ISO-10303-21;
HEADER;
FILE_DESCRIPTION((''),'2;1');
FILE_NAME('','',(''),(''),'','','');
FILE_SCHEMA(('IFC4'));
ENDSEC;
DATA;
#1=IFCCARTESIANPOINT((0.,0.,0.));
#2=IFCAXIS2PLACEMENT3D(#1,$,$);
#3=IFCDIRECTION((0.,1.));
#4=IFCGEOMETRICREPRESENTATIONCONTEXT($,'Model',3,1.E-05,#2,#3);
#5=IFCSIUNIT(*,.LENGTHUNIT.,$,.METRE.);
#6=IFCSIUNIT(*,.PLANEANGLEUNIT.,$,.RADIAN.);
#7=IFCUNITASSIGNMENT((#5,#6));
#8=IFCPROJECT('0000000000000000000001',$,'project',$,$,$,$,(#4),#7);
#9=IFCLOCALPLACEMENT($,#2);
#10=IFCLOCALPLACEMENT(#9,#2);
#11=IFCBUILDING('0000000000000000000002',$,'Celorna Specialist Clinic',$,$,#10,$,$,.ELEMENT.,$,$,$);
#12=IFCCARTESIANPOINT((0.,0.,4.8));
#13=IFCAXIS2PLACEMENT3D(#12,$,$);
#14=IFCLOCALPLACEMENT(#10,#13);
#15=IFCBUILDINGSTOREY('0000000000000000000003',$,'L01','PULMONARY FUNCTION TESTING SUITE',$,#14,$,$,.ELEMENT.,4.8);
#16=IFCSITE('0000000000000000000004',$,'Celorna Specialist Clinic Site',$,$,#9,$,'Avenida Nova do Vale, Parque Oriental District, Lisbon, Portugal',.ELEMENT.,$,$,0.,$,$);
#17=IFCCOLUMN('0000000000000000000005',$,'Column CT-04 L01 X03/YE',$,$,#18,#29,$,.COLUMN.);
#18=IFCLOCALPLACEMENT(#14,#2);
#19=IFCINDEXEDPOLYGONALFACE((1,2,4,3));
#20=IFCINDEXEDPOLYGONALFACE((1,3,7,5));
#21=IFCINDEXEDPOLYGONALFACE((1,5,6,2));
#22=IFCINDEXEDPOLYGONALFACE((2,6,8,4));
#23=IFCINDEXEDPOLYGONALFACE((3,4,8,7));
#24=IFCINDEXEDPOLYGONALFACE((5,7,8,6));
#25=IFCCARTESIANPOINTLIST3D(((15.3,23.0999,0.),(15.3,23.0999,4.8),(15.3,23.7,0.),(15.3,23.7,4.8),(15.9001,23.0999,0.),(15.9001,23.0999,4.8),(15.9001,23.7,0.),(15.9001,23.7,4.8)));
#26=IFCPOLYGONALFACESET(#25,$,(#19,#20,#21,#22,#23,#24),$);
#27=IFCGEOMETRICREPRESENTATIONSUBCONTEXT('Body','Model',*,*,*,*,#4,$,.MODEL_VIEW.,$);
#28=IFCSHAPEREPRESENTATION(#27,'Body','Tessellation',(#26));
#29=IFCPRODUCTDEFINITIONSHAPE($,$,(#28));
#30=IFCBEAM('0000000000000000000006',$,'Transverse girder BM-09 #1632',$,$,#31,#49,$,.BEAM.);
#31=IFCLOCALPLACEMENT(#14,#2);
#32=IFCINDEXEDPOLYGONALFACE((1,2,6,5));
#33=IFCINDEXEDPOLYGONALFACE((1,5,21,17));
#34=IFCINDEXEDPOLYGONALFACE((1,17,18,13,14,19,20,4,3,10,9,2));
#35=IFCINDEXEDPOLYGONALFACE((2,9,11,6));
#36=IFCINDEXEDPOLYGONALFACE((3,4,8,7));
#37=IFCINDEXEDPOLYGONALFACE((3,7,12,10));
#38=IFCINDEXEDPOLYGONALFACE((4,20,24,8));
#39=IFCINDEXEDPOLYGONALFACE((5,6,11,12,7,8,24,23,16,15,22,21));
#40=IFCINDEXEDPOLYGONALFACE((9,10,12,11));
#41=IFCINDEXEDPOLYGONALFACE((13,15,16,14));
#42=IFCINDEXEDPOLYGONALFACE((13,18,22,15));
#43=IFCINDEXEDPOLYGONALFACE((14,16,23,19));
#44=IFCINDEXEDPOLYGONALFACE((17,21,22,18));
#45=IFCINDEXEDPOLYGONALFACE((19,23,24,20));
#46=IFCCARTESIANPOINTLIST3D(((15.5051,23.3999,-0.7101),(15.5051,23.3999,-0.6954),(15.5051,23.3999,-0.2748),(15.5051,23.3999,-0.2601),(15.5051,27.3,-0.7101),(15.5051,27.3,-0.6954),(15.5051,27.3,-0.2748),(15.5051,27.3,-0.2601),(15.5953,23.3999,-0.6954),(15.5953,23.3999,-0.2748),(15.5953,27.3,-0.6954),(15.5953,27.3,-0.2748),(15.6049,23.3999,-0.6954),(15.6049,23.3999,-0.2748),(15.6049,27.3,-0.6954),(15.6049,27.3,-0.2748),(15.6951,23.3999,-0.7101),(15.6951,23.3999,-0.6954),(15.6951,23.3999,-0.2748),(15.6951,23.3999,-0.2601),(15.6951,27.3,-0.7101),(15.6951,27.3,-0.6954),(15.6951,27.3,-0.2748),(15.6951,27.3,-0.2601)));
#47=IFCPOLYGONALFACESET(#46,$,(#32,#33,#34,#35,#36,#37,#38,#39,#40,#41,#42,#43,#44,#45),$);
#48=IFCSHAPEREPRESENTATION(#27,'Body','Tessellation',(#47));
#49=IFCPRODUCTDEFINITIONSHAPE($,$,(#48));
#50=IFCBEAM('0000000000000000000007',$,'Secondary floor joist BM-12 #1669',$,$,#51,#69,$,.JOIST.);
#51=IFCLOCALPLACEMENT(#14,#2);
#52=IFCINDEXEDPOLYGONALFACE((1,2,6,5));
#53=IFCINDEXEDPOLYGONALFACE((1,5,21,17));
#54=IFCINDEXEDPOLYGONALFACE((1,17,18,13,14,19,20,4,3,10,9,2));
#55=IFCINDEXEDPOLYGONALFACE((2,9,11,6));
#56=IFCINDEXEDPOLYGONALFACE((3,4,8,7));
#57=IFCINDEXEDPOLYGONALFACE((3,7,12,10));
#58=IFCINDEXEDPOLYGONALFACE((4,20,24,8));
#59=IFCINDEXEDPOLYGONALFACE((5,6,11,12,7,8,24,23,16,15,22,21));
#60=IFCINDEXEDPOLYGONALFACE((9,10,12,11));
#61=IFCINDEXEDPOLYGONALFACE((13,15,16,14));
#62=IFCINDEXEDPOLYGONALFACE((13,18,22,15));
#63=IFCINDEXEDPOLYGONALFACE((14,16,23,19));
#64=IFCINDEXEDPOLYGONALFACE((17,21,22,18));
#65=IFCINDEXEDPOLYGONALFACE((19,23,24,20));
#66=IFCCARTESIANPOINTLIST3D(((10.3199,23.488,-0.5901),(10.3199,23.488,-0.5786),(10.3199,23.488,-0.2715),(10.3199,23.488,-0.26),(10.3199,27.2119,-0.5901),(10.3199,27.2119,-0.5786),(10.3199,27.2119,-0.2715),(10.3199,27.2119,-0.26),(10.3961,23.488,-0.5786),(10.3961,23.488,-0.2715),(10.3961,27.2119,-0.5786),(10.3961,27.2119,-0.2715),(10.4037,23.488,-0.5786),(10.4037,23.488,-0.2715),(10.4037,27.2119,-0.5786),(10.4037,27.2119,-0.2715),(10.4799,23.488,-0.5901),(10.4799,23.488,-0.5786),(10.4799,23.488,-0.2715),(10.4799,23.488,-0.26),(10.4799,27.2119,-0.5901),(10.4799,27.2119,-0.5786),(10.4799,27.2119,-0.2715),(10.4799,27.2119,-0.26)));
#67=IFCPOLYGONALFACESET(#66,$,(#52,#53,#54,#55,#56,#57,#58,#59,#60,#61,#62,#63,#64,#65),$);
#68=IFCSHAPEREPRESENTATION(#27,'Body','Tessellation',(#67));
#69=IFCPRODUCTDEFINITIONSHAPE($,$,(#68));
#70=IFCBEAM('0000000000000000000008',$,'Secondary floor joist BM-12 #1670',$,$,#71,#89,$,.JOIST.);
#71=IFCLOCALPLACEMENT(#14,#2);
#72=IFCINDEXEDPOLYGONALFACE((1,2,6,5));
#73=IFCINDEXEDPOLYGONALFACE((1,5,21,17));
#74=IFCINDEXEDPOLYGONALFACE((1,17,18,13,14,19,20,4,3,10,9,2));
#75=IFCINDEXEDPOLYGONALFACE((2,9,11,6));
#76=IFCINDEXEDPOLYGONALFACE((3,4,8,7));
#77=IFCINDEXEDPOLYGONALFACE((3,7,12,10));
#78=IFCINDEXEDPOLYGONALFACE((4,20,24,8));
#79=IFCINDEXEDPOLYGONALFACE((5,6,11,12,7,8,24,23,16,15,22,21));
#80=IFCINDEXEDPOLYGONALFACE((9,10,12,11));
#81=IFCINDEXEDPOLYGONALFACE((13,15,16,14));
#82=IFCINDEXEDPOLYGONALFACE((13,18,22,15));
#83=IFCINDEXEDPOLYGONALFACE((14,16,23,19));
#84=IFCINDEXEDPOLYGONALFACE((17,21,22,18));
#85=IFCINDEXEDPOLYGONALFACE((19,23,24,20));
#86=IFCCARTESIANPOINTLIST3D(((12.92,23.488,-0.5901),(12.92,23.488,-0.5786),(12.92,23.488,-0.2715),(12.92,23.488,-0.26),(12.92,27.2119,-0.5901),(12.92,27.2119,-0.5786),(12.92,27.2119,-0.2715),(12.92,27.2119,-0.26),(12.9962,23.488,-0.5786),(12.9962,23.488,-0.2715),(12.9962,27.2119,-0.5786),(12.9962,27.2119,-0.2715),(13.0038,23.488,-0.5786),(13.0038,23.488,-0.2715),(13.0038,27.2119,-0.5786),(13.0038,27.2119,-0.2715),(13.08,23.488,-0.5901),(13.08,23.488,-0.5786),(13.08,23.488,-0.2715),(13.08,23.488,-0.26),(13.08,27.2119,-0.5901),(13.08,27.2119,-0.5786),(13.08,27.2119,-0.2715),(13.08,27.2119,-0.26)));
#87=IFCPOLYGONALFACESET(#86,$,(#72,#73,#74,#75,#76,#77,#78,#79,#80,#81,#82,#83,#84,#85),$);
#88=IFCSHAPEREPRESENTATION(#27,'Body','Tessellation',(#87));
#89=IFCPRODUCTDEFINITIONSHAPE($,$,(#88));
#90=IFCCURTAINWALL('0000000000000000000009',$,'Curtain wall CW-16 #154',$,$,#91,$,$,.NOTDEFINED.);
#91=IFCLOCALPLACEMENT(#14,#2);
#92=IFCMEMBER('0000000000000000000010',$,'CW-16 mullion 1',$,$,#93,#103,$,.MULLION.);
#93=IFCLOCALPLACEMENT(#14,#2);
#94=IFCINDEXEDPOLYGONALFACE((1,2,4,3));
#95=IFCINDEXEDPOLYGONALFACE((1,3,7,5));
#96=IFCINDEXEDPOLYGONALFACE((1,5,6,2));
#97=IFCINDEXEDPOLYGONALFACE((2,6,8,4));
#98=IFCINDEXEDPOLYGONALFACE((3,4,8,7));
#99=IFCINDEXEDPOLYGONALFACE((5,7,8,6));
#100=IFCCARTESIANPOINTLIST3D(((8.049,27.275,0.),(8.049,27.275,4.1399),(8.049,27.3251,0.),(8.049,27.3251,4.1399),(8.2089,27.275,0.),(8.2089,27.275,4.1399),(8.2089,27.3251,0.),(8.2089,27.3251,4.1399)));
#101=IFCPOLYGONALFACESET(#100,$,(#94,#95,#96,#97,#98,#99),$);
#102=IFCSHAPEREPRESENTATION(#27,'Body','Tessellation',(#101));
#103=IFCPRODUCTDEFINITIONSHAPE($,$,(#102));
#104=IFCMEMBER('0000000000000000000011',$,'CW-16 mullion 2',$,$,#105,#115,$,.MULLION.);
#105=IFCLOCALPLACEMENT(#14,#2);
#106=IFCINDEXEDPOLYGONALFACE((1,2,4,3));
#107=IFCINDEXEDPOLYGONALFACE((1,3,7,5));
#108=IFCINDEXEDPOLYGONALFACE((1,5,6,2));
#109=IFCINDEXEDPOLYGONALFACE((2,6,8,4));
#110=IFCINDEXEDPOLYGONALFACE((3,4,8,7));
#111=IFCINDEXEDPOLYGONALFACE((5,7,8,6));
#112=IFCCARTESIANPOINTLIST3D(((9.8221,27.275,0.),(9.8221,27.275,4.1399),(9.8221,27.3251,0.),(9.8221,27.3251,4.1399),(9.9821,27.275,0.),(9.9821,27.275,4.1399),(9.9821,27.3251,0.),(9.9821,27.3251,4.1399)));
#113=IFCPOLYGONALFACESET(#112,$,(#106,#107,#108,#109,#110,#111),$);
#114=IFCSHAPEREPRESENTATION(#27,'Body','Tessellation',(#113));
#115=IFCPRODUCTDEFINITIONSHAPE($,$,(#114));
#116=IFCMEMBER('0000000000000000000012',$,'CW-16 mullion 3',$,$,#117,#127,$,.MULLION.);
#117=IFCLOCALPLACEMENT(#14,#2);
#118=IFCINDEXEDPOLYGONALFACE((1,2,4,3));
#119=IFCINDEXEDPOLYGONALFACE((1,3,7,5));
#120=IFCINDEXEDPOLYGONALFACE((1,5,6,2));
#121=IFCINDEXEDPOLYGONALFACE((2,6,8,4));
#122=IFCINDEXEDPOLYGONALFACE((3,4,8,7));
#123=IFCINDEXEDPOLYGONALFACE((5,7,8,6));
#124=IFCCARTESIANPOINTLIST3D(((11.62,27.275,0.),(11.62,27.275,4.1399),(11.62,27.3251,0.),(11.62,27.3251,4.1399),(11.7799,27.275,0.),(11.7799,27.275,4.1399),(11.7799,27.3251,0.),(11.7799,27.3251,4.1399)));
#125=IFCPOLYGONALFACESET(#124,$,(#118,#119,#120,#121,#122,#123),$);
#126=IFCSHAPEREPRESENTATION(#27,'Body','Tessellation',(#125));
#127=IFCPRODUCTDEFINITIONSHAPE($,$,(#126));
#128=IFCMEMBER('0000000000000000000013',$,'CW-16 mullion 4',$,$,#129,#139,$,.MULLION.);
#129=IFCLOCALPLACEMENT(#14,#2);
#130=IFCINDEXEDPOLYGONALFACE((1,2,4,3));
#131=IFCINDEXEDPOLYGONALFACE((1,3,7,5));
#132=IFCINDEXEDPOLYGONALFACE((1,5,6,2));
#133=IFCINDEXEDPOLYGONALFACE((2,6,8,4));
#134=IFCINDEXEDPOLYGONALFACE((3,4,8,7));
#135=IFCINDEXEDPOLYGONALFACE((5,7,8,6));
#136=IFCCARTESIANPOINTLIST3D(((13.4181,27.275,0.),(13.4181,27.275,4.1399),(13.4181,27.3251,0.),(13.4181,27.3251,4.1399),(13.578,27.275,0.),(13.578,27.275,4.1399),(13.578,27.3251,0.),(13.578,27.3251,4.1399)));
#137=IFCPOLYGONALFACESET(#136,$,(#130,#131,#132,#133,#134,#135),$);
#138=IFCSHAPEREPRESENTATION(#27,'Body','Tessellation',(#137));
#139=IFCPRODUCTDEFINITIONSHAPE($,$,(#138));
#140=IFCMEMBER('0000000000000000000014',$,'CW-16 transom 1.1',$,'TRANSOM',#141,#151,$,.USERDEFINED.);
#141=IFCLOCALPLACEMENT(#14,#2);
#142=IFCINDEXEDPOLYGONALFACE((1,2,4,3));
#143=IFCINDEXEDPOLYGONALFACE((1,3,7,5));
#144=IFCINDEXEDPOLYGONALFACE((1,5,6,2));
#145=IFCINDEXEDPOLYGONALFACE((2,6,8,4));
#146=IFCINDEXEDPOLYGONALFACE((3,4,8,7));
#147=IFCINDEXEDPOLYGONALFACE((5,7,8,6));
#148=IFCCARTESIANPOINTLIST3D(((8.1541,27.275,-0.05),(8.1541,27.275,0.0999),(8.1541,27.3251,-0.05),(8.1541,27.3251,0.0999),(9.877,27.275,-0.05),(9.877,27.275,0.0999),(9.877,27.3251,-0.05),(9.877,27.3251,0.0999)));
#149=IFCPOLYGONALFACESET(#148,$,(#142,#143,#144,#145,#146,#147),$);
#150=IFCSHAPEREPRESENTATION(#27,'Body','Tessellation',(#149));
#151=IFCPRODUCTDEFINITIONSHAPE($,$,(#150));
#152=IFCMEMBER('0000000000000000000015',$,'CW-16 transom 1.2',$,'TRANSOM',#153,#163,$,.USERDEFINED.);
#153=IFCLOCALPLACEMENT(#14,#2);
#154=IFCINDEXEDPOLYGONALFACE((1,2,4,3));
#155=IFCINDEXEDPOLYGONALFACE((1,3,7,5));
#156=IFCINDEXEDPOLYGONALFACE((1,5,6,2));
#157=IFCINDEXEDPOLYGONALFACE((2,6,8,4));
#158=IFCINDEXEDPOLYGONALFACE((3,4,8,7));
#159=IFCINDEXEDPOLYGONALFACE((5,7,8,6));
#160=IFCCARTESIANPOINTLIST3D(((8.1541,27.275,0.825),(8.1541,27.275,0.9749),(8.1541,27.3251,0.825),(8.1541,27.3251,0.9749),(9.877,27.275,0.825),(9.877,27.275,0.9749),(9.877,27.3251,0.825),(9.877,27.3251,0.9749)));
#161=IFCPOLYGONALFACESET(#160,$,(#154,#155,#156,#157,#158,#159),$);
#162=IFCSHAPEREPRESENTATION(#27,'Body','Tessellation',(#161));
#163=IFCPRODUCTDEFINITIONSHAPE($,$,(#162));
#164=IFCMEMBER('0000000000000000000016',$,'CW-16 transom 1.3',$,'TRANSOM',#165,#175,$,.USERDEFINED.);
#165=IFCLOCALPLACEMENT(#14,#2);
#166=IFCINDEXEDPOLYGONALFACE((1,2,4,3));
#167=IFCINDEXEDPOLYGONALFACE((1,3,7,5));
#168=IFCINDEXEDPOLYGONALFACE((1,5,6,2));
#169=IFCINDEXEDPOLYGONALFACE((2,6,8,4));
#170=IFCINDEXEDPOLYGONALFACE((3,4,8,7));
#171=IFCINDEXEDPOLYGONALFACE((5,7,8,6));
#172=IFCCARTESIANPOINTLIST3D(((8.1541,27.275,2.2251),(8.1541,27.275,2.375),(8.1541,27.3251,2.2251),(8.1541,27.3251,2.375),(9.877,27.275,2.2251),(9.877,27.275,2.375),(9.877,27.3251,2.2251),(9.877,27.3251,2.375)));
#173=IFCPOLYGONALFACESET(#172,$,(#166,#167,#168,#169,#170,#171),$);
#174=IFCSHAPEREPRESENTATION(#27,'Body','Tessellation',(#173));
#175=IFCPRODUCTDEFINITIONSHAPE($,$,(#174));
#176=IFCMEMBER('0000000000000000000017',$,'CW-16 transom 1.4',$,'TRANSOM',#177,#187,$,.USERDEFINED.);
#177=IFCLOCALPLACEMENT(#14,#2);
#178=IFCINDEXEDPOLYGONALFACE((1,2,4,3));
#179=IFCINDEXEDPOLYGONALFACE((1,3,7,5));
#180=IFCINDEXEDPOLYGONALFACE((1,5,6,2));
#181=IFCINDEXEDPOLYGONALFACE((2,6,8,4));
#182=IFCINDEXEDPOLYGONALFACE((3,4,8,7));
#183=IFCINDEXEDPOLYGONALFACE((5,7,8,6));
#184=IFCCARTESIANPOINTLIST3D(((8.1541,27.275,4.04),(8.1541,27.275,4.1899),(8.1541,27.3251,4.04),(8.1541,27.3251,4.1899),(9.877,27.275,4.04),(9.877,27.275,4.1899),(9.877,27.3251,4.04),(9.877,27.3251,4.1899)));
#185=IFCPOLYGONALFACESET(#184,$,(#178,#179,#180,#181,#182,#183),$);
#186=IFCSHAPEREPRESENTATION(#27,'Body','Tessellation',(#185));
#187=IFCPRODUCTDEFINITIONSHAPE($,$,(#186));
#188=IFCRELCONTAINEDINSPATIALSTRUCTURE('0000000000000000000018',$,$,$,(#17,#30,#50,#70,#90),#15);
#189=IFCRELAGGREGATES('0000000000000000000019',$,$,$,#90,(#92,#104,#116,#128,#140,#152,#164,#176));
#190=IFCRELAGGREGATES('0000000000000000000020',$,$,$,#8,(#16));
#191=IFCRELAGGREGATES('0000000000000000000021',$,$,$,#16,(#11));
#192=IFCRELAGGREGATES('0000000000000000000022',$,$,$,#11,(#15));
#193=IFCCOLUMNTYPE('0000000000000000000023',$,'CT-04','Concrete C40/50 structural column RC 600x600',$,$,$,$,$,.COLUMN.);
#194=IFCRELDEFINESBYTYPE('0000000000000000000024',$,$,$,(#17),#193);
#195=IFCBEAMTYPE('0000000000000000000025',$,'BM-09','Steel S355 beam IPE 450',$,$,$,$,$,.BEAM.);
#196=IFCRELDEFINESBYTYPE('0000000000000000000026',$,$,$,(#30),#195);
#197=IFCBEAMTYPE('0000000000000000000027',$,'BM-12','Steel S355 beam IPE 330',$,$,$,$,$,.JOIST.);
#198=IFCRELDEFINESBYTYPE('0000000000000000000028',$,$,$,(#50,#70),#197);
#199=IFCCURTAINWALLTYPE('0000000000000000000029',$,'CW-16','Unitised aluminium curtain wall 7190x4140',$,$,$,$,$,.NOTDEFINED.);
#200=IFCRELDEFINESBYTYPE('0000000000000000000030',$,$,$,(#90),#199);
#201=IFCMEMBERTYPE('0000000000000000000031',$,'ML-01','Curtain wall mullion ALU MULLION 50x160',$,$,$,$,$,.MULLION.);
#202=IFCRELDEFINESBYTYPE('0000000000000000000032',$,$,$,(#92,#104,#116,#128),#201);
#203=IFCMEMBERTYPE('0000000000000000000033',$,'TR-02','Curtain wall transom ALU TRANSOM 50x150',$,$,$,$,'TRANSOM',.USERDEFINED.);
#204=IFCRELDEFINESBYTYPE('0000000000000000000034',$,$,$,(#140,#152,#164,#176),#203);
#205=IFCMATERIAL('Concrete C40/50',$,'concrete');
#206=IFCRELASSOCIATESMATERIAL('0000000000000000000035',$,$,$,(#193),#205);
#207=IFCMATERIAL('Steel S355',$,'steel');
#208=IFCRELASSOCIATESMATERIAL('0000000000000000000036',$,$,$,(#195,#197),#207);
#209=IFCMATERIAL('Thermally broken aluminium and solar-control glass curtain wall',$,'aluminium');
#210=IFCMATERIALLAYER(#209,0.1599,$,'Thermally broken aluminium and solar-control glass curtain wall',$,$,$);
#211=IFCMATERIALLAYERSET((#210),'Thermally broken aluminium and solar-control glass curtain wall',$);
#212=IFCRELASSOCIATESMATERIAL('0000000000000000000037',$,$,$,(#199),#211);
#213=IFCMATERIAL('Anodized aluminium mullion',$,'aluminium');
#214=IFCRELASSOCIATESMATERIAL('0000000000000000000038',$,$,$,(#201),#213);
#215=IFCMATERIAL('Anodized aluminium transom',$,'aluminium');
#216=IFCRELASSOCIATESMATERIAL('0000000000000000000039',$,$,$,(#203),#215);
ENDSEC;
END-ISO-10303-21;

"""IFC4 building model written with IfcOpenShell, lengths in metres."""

from ifc_helpers import new_model, si_unit, direction, frame, origin, origin_2d, place, context, subcontext, project, spatial, rectangle, i_section, extrude, material, layer, layer_set, material_profile, profile_set, type_object, element, aggregate, save


model = new_model("IFC4")

# Units and contexts
model_context = context("Model", 3, precision=1e-05, world=origin(), true_north=direction((0.0, 1.0)))
body_context = subcontext(model_context, "Body", "Model", "MODEL_VIEW")
ifc_project = project(units=[si_unit("LENGTHUNIT", "METRE"), si_unit("PLANEANGLEUNIT", "RADIAN")], contexts=[model_context])

# Site, building, storey
site_placement = place(None, origin())
site = spatial("IfcSite", under=ifc_project, at=site_placement, Name="Celorna Specialist Clinic Site", LongName="Avenida Nova do Vale, Parque Oriental District, Lisbon, Portugal", CompositionType="ELEMENT", RefElevation=0.0)
building_placement = place(site_placement, origin())
building = spatial("IfcBuilding", under=site, at=building_placement, Name="Celorna Specialist Clinic", CompositionType="ELEMENT")
storey_placement = place(building_placement, frame((0.0, 0.0, 4.8)))
storey = spatial("IfcBuildingStorey", under=building, at=storey_placement, Name="L01", Description="PULMONARY FUNCTION TESTING SUITE", CompositionType="ELEMENT", Elevation=4.8)

# Column
ifc_material_1 = material(Name="Concrete C40/50", Category="concrete")
ifc_material_profile_1 = material_profile(ifc_material_1, rectangle(XDim=0.6001, YDim=0.6001, at=origin_2d()), Name="RC 600x600")
ifc_profile_set_1 = profile_set([ifc_material_profile_1], Name="Concrete C40/50")
column_type = type_object("IfcColumnType", Name="CT-04", Description="Concrete C40/50 structural column RC 600x600", PredefinedType="COLUMN", material=ifc_profile_set_1)
column_placement = place(storey_placement, frame((15.6001, 23.3999, 0.0), z_axis=(0.0, 0.0, 1.0), x_axis=(1.0, 0.0, 0.0)))
element("IfcColumn", 1, at=column_placement, inside=storey, type_object=column_type, Name="Column CT-04 L01 X03/YE", PredefinedType="COLUMN", context=body_context, shape_type="SweptSolid", body=[
    extrude(rectangle(XDim=0.6001, YDim=0.6001, at=origin_2d()), origin(), (0.0, 0.0, 1.0), 4.8),
])

# Beams
ifc_material_2 = material(Name="Steel S355", Category="steel")
ifc_material_profile_2 = material_profile(ifc_material_2, i_section(OverallWidth=0.1899, OverallDepth=0.45, WebThickness=0.0095, FlangeThickness=0.0146, at=origin_2d()), Name="IPE 450")
ifc_profile_set_2 = profile_set([ifc_material_profile_2], Name="Steel S355")
beam_type_1 = type_object("IfcBeamType", Name="BM-09", Description="Steel S355 beam IPE 450", PredefinedType="BEAM", material=ifc_profile_set_2)
beam_placement = place(storey_placement, frame((15.6001, 23.3999, -0.4851), z_axis=(0.0, 1.0, 0.0), x_axis=(-1.0, 0.0, 0.0)))
element("IfcBeam", 2, at=beam_placement, inside=storey, type_object=beam_type_1, Name="Transverse girder BM-09 #1632", PredefinedType="BEAM", context=body_context, shape_type="SweptSolid", body=[
    extrude(i_section(OverallWidth=0.1899, OverallDepth=0.45, WebThickness=0.0095, FlangeThickness=0.0146, at=origin_2d()), origin(), (0.0, 0.0, 1.0), 3.9001),
])
ifc_material_profile_3 = material_profile(ifc_material_2, i_section(OverallWidth=0.1599, OverallDepth=0.3301, WebThickness=0.0076, FlangeThickness=0.0115, at=origin_2d()), Name="IPE 330")
ifc_profile_set_3 = profile_set([ifc_material_profile_3], Name="Steel S355")
beam_type_2 = type_object("IfcBeamType", Name="BM-12", Description="Steel S355 beam IPE 330", PredefinedType="JOIST", material=ifc_profile_set_3)
for number, where, z_axis, x_axis, name in (
    (3, (10.3999, 23.488, -0.425), (0.0, 1.0, 0.0), (-1.0, 0.0, 0.0), "Secondary floor joist BM-12 #1669"),
    (4, (13.0, 23.488, -0.425), (0.0, 1.0, 0.0), (-1.0, 0.0, 0.0), "Secondary floor joist BM-12 #1670"),
):
    element("IfcBeam", number, at=place(storey_placement, frame(where, z_axis=z_axis, x_axis=x_axis)), inside=storey, type_object=beam_type_2, Name=name, PredefinedType="JOIST", context=body_context, shape_type="SweptSolid", body=[
        extrude(i_section(OverallWidth=0.1599, OverallDepth=0.3301, WebThickness=0.0076, FlangeThickness=0.0115, at=origin_2d()), origin(), (0.0, 0.0, 1.0), 3.7239),
    ])

# Curtain wall, members
ifc_material_3 = material(Name="Thermally broken aluminium and solar-control glass curtain wall", Category="aluminium")
ifc_layer_1 = layer(ifc_material_3, 0.1599, Name="Thermally broken aluminium and solar-control glass curtain wall")
ifc_layer_set_1 = layer_set([ifc_layer_1], Name="Thermally broken aluminium and solar-control glass curtain wall")
curtain_wall_type = type_object("IfcCurtainWallType", Name="CW-16", Description="Unitised aluminium curtain wall 7190x4140", PredefinedType="NOTDEFINED", material=ifc_layer_set_1)
curtain_wall_placement = place(storey_placement, origin())
curtain_wall = element("IfcCurtainWall", 5, at=curtain_wall_placement, inside=storey, type_object=curtain_wall_type, Name="Curtain wall CW-16 #154", PredefinedType="NOTDEFINED")
ifc_material_4 = material(Name="Anodized aluminium mullion", Category="aluminium")
ifc_material_profile_4 = material_profile(ifc_material_4, rectangle(XDim=0.05, YDim=0.1599, at=origin_2d()), Name="ALU MULLION 50x160")
ifc_profile_set_4 = profile_set([ifc_material_profile_4], Name="Anodized aluminium mullion")
member_type_1 = type_object("IfcMemberType", Name="ML-01", Description="Curtain wall mullion ALU MULLION 50x160", PredefinedType="MULLION", material=ifc_profile_set_4)
member_1_placement = place(storey_placement, frame((8.1289, 27.3, 0.0), z_axis=(0.0, 0.0, 1.0), x_axis=(0.0, 1.0, 0.0)))
member_1 = element("IfcMember", 6, at=member_1_placement, type_object=member_type_1, Name="CW-16 mullion 1", PredefinedType="MULLION", context=body_context, shape_type="SweptSolid", body=[
    extrude(rectangle(XDim=0.05, YDim=0.1599, at=origin_2d()), origin(), (0.0, 0.0, 1.0), 4.1399),
])
member_2_placement = place(storey_placement, frame((9.9021, 27.3, 0.0), z_axis=(0.0, 0.0, 1.0), x_axis=(0.0, 1.0, 0.0)))
member_2 = element("IfcMember", 7, at=member_2_placement, type_object=member_type_1, Name="CW-16 mullion 2", PredefinedType="MULLION", context=body_context, shape_type="SweptSolid", body=[
    extrude(rectangle(XDim=0.05, YDim=0.1599, at=origin_2d()), origin(), (0.0, 0.0, 1.0), 4.1399),
])
member_3_placement = place(storey_placement, frame((11.7, 27.3, 0.0), z_axis=(0.0, 0.0, 1.0), x_axis=(0.0, 1.0, 0.0)))
member_3 = element("IfcMember", 8, at=member_3_placement, type_object=member_type_1, Name="CW-16 mullion 3", PredefinedType="MULLION", context=body_context, shape_type="SweptSolid", body=[
    extrude(rectangle(XDim=0.05, YDim=0.1599, at=origin_2d()), origin(), (0.0, 0.0, 1.0), 4.1399),
])
member_4_placement = place(storey_placement, frame((13.498, 27.3, 0.0), z_axis=(0.0, 0.0, 1.0), x_axis=(0.0, 1.0, 0.0)))
member_4 = element("IfcMember", 9, at=member_4_placement, type_object=member_type_1, Name="CW-16 mullion 4", PredefinedType="MULLION", context=body_context, shape_type="SweptSolid", body=[
    extrude(rectangle(XDim=0.05, YDim=0.1599, at=origin_2d()), origin(), (0.0, 0.0, 1.0), 4.1399),
])
ifc_material_5 = material(Name="Anodized aluminium transom", Category="aluminium")
ifc_material_profile_5 = material_profile(ifc_material_5, rectangle(XDim=0.05, YDim=0.1499, at=origin_2d()), Name="ALU TRANSOM 50x150")
ifc_profile_set_5 = profile_set([ifc_material_profile_5], Name="Anodized aluminium transom")
member_type_2 = type_object("IfcMemberType", Name="TR-02", Description="Curtain wall transom ALU TRANSOM 50x150", ElementType="TRANSOM", PredefinedType="USERDEFINED", material=ifc_profile_set_5)
member_5_placement = place(storey_placement, frame((8.1541, 27.3, 0.0249), z_axis=(1.0, 0.0, 0.0), x_axis=(0.0, 1.0, 0.0)))
member_5 = element("IfcMember", 10, at=member_5_placement, type_object=member_type_2, Name="CW-16 transom 1.1", ObjectType="TRANSOM", PredefinedType="USERDEFINED", context=body_context, shape_type="SweptSolid", body=[
    extrude(rectangle(XDim=0.05, YDim=0.1499, at=origin_2d()), origin(), (0.0, 0.0, 1.0), 1.7229),
])
member_6_placement = place(storey_placement, frame((8.1541, 27.3, 0.8999), z_axis=(1.0, 0.0, 0.0), x_axis=(0.0, 1.0, 0.0)))
member_6 = element("IfcMember", 11, at=member_6_placement, type_object=member_type_2, Name="CW-16 transom 1.2", ObjectType="TRANSOM", PredefinedType="USERDEFINED", context=body_context, shape_type="SweptSolid", body=[
    extrude(rectangle(XDim=0.05, YDim=0.1499, at=origin_2d()), origin(), (0.0, 0.0, 1.0), 1.7229),
])
member_7_placement = place(storey_placement, frame((8.1541, 27.3, 2.3), z_axis=(1.0, 0.0, 0.0), x_axis=(0.0, 1.0, 0.0)))
member_7 = element("IfcMember", 12, at=member_7_placement, type_object=member_type_2, Name="CW-16 transom 1.3", ObjectType="TRANSOM", PredefinedType="USERDEFINED", context=body_context, shape_type="SweptSolid", body=[
    extrude(rectangle(XDim=0.05, YDim=0.1499, at=origin_2d()), origin(), (0.0, 0.0, 1.0), 1.7229),
])
member_8_placement = place(storey_placement, frame((8.1541, 27.3, 4.115), z_axis=(1.0, 0.0, 0.0), x_axis=(0.0, 1.0, 0.0)))
member_8 = element("IfcMember", 13, at=member_8_placement, type_object=member_type_2, Name="CW-16 transom 1.4", ObjectType="TRANSOM", PredefinedType="USERDEFINED", context=body_context, shape_type="SweptSolid", body=[
    extrude(rectangle(XDim=0.05, YDim=0.1499, at=origin_2d()), origin(), (0.0, 0.0, 1.0), 1.7229),
])
aggregate(curtain_wall, [member_1, member_2, member_3, member_4, member_5, member_6, member_7, member_8])

save(model, "model.ifc")
